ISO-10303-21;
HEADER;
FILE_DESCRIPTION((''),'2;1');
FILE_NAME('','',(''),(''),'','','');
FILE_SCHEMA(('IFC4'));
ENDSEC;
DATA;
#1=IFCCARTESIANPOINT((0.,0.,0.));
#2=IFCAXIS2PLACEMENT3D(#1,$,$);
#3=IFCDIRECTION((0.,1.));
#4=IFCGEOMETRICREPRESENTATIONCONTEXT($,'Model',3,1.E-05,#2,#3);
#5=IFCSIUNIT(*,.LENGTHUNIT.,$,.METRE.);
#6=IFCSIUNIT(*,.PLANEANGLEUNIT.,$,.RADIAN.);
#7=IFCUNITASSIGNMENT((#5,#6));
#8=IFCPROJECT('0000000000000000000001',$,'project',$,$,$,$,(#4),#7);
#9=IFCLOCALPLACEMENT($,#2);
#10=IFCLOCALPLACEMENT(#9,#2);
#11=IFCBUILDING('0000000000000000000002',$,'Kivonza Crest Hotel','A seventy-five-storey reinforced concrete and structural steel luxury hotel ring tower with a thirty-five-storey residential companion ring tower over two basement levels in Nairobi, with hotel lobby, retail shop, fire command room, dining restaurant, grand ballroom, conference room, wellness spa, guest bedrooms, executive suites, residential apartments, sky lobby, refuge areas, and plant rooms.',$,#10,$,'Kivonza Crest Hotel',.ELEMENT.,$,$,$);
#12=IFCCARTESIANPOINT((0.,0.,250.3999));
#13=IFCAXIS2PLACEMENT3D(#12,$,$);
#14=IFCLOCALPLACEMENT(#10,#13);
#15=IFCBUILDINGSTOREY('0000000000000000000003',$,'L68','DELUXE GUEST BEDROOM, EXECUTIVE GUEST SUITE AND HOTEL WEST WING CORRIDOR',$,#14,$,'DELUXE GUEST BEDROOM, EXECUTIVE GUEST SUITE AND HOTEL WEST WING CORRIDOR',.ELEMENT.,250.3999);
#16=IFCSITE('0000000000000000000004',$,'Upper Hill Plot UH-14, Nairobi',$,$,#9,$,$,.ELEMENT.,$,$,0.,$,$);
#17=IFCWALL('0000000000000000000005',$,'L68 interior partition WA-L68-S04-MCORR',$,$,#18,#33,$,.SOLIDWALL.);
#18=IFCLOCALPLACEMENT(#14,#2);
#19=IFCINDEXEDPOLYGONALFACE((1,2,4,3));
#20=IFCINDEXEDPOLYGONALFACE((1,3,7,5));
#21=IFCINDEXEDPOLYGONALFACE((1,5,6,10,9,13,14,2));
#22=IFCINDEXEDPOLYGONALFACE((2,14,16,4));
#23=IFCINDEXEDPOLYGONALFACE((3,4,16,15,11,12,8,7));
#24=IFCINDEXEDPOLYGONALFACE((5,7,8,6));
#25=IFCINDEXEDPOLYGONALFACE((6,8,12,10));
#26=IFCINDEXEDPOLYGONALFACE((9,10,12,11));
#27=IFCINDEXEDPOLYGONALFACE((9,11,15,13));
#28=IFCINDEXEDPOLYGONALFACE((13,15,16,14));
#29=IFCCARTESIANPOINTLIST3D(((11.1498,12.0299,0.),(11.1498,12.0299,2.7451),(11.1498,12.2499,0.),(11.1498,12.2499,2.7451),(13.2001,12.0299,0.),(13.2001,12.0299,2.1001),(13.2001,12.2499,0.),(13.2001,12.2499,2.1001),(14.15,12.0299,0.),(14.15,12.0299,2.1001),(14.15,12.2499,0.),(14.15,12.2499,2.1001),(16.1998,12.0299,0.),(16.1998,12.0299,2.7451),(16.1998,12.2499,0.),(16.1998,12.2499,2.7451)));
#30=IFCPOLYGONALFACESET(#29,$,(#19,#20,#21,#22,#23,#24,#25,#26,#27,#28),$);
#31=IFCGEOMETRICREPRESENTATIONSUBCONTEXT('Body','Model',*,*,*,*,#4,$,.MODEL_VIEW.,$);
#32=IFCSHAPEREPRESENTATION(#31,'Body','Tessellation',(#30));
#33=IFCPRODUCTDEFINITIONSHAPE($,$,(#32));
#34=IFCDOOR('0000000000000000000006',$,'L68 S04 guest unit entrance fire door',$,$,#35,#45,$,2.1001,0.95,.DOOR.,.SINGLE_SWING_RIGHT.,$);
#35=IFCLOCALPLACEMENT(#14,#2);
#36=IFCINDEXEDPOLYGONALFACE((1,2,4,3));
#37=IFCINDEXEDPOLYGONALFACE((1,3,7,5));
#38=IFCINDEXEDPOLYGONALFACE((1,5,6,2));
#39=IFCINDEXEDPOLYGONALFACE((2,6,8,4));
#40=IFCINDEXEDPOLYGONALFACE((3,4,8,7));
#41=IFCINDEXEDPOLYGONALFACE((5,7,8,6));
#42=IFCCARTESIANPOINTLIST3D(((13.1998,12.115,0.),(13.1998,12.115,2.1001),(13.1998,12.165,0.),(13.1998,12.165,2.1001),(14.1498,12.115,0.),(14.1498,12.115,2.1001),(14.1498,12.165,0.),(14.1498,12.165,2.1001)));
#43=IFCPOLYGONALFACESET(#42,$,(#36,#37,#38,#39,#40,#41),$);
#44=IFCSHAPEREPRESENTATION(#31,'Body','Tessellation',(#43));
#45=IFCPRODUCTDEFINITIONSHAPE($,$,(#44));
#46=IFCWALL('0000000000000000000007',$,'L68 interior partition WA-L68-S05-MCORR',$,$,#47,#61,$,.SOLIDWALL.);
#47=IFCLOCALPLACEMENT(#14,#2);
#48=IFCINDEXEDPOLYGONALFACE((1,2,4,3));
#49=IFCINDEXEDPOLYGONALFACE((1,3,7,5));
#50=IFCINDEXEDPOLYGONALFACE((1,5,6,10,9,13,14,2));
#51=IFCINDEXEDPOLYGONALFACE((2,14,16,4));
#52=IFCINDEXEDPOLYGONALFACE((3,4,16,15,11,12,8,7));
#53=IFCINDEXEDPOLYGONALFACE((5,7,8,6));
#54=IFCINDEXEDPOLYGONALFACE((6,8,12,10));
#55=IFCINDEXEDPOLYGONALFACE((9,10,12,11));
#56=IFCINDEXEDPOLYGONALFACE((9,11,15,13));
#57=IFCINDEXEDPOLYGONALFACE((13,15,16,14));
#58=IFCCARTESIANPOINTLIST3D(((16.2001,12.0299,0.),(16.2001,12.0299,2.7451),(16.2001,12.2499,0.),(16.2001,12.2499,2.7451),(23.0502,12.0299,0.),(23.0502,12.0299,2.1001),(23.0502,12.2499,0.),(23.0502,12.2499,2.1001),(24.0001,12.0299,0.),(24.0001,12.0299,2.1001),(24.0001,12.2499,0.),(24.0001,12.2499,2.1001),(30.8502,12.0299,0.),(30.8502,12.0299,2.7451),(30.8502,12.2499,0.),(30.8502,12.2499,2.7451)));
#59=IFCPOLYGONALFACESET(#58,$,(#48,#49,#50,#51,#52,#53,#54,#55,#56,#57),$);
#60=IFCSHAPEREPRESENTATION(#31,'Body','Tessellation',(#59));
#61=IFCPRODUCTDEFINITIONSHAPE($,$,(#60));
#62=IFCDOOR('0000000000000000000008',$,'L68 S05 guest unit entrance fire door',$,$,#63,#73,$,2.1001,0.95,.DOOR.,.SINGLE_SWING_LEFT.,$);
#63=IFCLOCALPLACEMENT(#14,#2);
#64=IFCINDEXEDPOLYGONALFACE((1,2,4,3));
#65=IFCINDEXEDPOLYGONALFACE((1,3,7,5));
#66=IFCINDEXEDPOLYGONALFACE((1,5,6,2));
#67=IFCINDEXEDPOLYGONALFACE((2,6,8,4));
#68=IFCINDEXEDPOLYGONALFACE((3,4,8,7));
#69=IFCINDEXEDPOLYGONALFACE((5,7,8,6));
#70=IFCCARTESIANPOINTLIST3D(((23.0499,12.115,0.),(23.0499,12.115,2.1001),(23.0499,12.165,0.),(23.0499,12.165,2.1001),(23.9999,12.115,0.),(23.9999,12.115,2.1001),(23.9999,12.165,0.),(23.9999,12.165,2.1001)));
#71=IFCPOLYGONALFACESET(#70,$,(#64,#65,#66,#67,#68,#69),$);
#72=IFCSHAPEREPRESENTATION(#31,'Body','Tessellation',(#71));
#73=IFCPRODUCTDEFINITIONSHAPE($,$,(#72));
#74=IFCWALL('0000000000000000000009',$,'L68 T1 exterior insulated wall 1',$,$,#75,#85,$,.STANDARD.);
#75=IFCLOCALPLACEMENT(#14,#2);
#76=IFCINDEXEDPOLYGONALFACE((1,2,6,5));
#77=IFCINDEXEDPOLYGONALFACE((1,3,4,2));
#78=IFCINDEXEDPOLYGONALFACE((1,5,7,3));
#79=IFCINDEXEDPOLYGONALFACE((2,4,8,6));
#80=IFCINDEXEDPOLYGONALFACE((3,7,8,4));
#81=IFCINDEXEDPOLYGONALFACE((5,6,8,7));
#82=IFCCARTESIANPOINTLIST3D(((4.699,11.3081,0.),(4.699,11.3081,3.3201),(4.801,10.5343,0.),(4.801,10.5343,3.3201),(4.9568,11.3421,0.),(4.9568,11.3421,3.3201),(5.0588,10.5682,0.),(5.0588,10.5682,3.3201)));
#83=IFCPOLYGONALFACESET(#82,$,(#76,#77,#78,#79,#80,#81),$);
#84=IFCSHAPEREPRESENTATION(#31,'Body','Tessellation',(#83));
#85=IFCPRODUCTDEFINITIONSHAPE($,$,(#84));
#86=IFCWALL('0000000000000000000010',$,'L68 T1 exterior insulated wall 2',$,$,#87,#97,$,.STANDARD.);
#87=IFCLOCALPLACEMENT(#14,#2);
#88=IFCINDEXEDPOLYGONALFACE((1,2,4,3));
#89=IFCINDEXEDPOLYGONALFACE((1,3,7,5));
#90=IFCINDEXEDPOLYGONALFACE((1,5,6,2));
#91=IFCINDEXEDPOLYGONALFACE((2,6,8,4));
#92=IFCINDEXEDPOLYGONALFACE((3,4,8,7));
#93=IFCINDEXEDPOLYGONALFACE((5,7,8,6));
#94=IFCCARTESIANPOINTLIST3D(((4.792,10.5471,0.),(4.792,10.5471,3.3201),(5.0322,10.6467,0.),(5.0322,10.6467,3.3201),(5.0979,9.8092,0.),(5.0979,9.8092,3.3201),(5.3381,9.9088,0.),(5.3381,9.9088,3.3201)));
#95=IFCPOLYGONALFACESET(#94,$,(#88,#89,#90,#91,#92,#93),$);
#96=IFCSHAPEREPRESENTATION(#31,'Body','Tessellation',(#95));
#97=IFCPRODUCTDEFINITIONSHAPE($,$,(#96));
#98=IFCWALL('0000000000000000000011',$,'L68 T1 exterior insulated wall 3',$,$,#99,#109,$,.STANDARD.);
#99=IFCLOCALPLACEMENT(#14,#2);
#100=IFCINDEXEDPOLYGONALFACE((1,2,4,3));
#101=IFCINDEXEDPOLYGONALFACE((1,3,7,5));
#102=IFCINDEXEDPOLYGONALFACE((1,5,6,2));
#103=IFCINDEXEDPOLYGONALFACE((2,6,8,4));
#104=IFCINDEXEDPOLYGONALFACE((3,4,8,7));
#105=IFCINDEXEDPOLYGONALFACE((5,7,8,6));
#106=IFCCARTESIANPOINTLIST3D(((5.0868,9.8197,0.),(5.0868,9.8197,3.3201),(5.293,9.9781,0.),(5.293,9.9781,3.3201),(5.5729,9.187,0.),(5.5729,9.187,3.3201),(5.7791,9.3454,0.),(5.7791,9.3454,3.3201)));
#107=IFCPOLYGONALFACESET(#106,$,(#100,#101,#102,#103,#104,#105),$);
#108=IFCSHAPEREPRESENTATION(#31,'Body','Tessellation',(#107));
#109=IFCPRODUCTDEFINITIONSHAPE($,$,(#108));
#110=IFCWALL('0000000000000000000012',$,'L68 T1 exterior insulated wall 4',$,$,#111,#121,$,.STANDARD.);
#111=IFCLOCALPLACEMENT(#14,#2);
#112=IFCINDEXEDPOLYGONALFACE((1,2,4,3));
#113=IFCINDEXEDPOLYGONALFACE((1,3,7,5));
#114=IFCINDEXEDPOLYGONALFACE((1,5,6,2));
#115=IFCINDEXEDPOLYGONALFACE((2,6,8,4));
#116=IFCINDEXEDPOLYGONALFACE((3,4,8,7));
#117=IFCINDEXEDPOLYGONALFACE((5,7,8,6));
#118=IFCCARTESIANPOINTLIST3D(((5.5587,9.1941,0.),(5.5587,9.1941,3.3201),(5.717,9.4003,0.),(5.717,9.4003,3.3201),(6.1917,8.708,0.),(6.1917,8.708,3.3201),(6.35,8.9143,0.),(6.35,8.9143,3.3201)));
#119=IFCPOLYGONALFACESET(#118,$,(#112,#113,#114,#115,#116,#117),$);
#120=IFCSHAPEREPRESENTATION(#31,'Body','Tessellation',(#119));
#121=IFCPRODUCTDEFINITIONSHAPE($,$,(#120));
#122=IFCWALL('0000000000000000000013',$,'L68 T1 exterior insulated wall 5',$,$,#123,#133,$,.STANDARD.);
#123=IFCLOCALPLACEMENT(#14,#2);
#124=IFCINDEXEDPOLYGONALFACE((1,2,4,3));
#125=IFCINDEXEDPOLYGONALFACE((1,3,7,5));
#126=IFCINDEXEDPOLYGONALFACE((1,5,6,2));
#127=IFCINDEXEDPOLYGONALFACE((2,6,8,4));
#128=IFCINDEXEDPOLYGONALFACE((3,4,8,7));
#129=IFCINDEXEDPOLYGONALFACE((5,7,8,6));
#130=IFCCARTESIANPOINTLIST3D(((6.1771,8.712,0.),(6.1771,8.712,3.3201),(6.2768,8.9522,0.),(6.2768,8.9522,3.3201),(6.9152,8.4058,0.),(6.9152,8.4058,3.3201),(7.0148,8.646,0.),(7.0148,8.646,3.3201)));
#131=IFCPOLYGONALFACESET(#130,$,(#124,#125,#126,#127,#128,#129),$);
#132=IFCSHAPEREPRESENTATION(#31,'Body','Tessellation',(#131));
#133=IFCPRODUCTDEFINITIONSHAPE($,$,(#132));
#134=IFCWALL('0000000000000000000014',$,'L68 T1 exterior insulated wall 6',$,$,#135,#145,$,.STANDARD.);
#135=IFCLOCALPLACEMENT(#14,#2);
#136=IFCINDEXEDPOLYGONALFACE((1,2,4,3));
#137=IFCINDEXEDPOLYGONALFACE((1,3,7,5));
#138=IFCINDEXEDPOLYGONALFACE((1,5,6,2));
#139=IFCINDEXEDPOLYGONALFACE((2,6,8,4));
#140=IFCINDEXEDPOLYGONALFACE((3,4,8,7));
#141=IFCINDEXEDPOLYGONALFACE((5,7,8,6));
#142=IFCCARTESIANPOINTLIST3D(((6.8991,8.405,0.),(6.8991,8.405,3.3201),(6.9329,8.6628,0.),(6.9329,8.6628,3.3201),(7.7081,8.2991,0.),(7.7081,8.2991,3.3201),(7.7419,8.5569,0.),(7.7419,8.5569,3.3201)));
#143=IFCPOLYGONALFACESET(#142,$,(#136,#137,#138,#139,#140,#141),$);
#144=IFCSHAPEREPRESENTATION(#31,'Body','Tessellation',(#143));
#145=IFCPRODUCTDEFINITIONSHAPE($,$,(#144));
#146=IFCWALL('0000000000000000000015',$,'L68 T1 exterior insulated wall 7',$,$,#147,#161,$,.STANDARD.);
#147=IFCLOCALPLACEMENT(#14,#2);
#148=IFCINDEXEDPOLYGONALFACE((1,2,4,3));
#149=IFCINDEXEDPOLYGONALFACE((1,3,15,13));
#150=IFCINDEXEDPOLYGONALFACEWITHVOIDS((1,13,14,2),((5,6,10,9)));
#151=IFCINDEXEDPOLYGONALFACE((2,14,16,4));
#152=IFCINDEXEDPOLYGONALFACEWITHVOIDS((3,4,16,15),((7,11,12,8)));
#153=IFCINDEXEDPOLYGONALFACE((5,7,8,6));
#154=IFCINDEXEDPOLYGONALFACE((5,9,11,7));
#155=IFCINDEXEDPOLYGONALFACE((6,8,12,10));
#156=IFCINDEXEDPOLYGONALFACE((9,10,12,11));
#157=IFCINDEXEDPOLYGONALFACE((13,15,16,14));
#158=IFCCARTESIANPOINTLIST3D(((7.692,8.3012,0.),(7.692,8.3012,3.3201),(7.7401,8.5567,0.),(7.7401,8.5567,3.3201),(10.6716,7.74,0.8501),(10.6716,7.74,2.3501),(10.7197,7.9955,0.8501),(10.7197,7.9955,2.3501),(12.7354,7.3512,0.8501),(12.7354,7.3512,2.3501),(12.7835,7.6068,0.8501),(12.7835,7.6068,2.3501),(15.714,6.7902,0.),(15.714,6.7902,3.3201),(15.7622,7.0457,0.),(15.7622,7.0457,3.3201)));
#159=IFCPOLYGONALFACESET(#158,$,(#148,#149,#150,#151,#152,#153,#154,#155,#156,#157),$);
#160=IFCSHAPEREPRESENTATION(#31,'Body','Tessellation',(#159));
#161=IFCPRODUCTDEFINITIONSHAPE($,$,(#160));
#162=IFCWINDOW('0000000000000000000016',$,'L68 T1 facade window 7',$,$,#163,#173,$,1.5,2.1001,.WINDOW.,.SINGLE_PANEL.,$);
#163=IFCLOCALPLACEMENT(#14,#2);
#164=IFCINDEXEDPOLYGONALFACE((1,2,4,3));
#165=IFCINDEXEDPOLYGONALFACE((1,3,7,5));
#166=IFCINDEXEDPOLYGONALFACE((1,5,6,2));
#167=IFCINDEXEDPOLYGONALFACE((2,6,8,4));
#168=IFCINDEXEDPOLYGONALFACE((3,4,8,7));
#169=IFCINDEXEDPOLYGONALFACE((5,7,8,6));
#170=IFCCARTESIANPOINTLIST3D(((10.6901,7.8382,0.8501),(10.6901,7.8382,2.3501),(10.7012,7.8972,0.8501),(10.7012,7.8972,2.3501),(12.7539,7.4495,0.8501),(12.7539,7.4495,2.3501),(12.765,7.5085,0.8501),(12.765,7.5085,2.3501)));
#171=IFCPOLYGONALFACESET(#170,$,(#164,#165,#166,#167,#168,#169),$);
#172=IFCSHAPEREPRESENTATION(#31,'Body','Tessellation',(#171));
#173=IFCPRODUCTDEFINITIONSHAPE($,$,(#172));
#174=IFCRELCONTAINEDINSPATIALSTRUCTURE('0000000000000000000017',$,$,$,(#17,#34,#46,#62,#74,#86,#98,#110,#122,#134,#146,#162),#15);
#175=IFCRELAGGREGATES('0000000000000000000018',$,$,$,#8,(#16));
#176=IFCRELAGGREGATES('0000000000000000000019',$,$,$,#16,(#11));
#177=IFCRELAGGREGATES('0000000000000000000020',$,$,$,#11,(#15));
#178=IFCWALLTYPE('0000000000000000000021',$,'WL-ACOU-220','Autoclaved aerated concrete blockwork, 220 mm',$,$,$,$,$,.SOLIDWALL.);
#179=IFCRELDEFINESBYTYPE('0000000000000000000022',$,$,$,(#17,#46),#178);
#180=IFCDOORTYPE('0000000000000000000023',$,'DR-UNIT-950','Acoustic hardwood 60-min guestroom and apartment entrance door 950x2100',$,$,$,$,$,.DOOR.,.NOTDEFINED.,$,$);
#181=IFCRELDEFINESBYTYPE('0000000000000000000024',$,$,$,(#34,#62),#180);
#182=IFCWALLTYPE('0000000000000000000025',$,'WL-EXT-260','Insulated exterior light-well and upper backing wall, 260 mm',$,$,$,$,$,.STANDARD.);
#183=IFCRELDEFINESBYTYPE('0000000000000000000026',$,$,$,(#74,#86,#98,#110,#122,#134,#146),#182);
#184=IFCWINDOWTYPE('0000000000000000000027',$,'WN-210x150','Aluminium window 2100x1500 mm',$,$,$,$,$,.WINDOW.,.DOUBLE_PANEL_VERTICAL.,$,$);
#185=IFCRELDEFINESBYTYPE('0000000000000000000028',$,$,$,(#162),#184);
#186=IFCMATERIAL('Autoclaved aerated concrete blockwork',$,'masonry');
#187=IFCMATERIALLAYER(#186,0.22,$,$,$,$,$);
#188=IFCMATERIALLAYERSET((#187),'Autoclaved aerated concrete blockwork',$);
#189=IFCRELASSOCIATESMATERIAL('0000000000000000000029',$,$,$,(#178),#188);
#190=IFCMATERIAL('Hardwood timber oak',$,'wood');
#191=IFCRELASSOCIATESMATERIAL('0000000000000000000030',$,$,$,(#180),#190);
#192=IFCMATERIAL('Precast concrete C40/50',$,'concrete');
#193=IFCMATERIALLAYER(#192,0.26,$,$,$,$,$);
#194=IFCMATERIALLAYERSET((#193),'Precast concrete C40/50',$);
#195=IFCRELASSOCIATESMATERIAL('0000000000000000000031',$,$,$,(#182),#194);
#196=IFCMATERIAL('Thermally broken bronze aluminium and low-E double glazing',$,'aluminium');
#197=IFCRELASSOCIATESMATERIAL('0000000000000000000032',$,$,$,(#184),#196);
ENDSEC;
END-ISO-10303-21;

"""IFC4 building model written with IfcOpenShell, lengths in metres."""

from ifc_helpers import new_model, si_unit, direction, frame, frame_2d, origin, place, context, subcontext, project, spatial, rectangle, extrude, material, layer, layer_set, type_object, element, fill, save


model = new_model("IFC4")

# Units and contexts
model_context = context("Model", 3, precision=1e-05, world=origin(), true_north=direction((0.0, 1.0)))
body_context = subcontext(model_context, "Body", "Model", "MODEL_VIEW")
ifc_project = project(units=[si_unit("LENGTHUNIT", "METRE"), si_unit("PLANEANGLEUNIT", "RADIAN")], contexts=[model_context])

# Site, building, storey
site_placement = place(None, origin())
site = spatial("IfcSite", under=ifc_project, at=site_placement, Name="Upper Hill Plot UH-14, Nairobi", CompositionType="ELEMENT", RefElevation=0.0)
building_placement = place(site_placement, origin())
building = spatial("IfcBuilding", under=site, at=building_placement, Name="Kivonza Crest Hotel", Description="A seventy-five-storey reinforced concrete and structural steel luxury hotel ring tower with a thirty-five-storey residential companion ring tower over two basement levels in Nairobi, with hotel lobby, retail shop, fire command room, dining restaurant, grand ballroom, conference room, wellness spa, guest bedrooms, executive suites, residential apartments, sky lobby, refuge areas, and plant rooms.", LongName="Kivonza Crest Hotel", CompositionType="ELEMENT")
storey_placement = place(building_placement, frame((0.0, 0.0, 250.3999)))
storey = spatial("IfcBuildingStorey", under=building, at=storey_placement, Name="L68", Description="DELUXE GUEST BEDROOM, EXECUTIVE GUEST SUITE AND HOTEL WEST WING CORRIDOR", LongName="DELUXE GUEST BEDROOM, EXECUTIVE GUEST SUITE AND HOTEL WEST WING CORRIDOR", CompositionType="ELEMENT", Elevation=250.3999)

# Shared definitions
ifc_material_1 = material(Name="Autoclaved aerated concrete blockwork", Category="masonry")
ifc_layer_1 = layer(ifc_material_1, 0.22)
ifc_layer_set_1 = layer_set([ifc_layer_1], Name="Autoclaved aerated concrete blockwork")
wall_type_1 = type_object("IfcWallType", Name="WL-ACOU-220", Description="Autoclaved aerated concrete blockwork, 220 mm", PredefinedType="SOLIDWALL", material=ifc_layer_set_1)

# Walls, openings, doors
wall_1_placement = place(storey_placement, frame((11.1499, 12.1399, 0.0), z_axis=(0.0, 0.0, 1.0), x_axis=(1.0, 0.0, 0.0)))
wall_1 = element("IfcWall", 1, at=wall_1_placement, inside=storey, type_object=wall_type_1, Name="L68 interior partition WA-L68-S04-MCORR", PredefinedType="SOLIDWALL", context=body_context, shape_type="SweptSolid", body=[
    extrude(rectangle(XDim=5.05, YDim=0.22, at=frame_2d((2.5249, 0.0))), origin(), (0.0, 0.0, 1.0), 2.7451),
])
opening_1_placement = place(wall_1_placement, frame((2.05, 0.0, 0.0)))
opening_1 = element("IfcOpeningElement", 2, at=opening_1_placement, cuts=wall_1, PredefinedType="OPENING", context=body_context, shape_type="SweptSolid", body=[
    extrude(rectangle(XDim=0.95, YDim=2.1001, at=frame_2d((0.4751, 1.05))), frame((0.0, 0.1201, 0.0), z_axis=(0.0, -1.0, 0.0), x_axis=(1.0, 0.0, 0.0)), (0.0, 0.0, 1.0), 0.24),
])
ifc_material_2 = material(Name="Hardwood timber oak", Category="wood")
door_type_1 = type_object("IfcDoorType", Name="DR-UNIT-950", Description="Acoustic hardwood 60-min guestroom and apartment entrance door 950x2100", OperationType="NOTDEFINED", PredefinedType="DOOR", material=ifc_material_2)
door_1_placement = place(opening_1_placement, frame((0.95, 0.0, 0.0), z_axis=(0.0, 0.0, 1.0), x_axis=(-1.0, 0.0, 0.0)))
door_1 = element("IfcDoor", 3, at=door_1_placement, inside=storey, type_object=door_type_1, Name="L68 S04 guest unit entrance fire door", OperationType="SINGLE_SWING_RIGHT", OverallHeight=2.1001, OverallWidth=0.95, PredefinedType="DOOR", context=body_context, shape_type="SweptSolid", body=[
    extrude(rectangle(XDim=0.95, YDim=2.1001, at=frame_2d((0.4751, 1.05))), frame((0.0, 0.0249, 0.0), z_axis=(0.0, -1.0, 0.0), x_axis=(1.0, 0.0, 0.0)), (0.0, 0.0, 1.0), 0.05),
])
fill(opening_1, door_1)
wall_2_placement = place(storey_placement, frame((16.2, 12.1399, 0.0), z_axis=(0.0, 0.0, 1.0), x_axis=(1.0, 0.0, 0.0)))
wall_2 = element("IfcWall", 4, at=wall_2_placement, inside=storey, type_object=wall_type_1, Name="L68 interior partition WA-L68-S05-MCORR", PredefinedType="SOLIDWALL", context=body_context, shape_type="SweptSolid", body=[
    extrude(rectangle(XDim=14.6501, YDim=0.22, at=frame_2d((7.3252, 0.0))), origin(), (0.0, 0.0, 1.0), 2.7451),
])
opening_2_placement = place(wall_2_placement, frame((6.8501, 0.0, 0.0)))
opening_2 = element("IfcOpeningElement", 5, at=opening_2_placement, cuts=wall_2, PredefinedType="OPENING", context=body_context, shape_type="SweptSolid", body=[
    extrude(rectangle(XDim=0.95, YDim=2.1001, at=frame_2d((0.4751, 1.05))), frame((0.0, 0.1201, 0.0), z_axis=(0.0, -1.0, 0.0), x_axis=(1.0, 0.0, 0.0)), (0.0, 0.0, 1.0), 0.24),
])
door_2_placement = place(opening_2_placement, frame((0.95, 0.0, 0.0), z_axis=(0.0, 0.0, 1.0), x_axis=(-1.0, 0.0, 0.0)))
door_2 = element("IfcDoor", 6, at=door_2_placement, inside=storey, type_object=door_type_1, Name="L68 S05 guest unit entrance fire door", OperationType="SINGLE_SWING_LEFT", OverallHeight=2.1001, OverallWidth=0.95, PredefinedType="DOOR", context=body_context, shape_type="SweptSolid", body=[
    extrude(rectangle(XDim=0.95, YDim=2.1001, at=frame_2d((0.4751, 1.05))), frame((0.0, 0.0249, 0.0), z_axis=(0.0, -1.0, 0.0), x_axis=(1.0, 0.0, 0.0)), (0.0, 0.0, 1.0), 0.05),
])
fill(opening_2, door_2)

# Walls
ifc_material_3 = material(Name="Precast concrete C40/50", Category="concrete")
ifc_layer_2 = layer(ifc_material_3, 0.26)
ifc_layer_set_2 = layer_set([ifc_layer_2], Name="Precast concrete C40/50")
wall_type_2 = type_object("IfcWallType", Name="WL-EXT-260", Description="Insulated exterior light-well and upper backing wall, 260 mm", PredefinedType="STANDARD", material=ifc_layer_set_2)
wall_3_placement = place(storey_placement, frame((4.8279, 11.325, 0.0), z_axis=(0.0, 0.0, 1.0), x_axis=(0.13073, -0.991418, 0.0)))
element("IfcWall", 7, at=wall_3_placement, inside=storey, type_object=wall_type_2, Name="L68 T1 exterior insulated wall 1", PredefinedType="STANDARD", context=body_context, shape_type="SweptSolid", body=[
    extrude(rectangle(XDim=0.7805, YDim=0.26, at=frame_2d((0.3901, 0.0))), origin(), (0.0, 0.0, 1.0), 3.3201),
])
wall_4_placement = place(storey_placement, frame((4.9121, 10.5969, 0.0), z_axis=(0.0, 0.0, 1.0), x_axis=(0.382901, -0.92379, 0.0)))
element("IfcWall", 8, at=wall_4_placement, inside=storey, type_object=wall_type_2, Name="L68 T1 exterior insulated wall 2", PredefinedType="STANDARD", context=body_context, shape_type="SweptSolid", body=[
    extrude(rectangle(XDim=0.7988, YDim=0.26, at=frame_2d((0.3994, 0.0))), origin(), (0.0, 0.0, 1.0), 3.3201),
])
wall_5_placement = place(storey_placement, frame((5.1899, 9.8989, 0.0), z_axis=(0.0, 0.0, 1.0), x_axis=(0.609164, -0.793045, 0.0)))
element("IfcWall", 9, at=wall_5_placement, inside=storey, type_object=wall_type_2, Name="L68 T1 exterior insulated wall 3", PredefinedType="STANDARD", context=body_context, shape_type="SweptSolid", body=[
    extrude(rectangle(XDim=0.7979, YDim=0.26, at=frame_2d((0.3989, 0.0))), origin(), (0.0, 0.0, 1.0), 3.3201),
])
wall_6_placement = place(storey_placement, frame((5.6379, 9.2971, 0.0), z_axis=(0.0, 0.0, 1.0), x_axis=(0.793158, -0.609016, 0.0)))
element("IfcWall", 10, at=wall_6_placement, inside=storey, type_object=wall_type_2, Name="L68 T1 exterior insulated wall 4", PredefinedType="STANDARD", context=body_context, shape_type="SweptSolid", body=[
    extrude(rectangle(XDim=0.7981, YDim=0.26, at=frame_2d((0.3989, 0.0))), origin(), (0.0, 0.0, 1.0), 3.3201),
])
wall_7_placement = place(storey_placement, frame((6.2271, 8.832, 0.0), z_axis=(0.0, 0.0, 1.0), x_axis=(0.923681, -0.383161, 0.0)))
element("IfcWall", 11, at=wall_7_placement, inside=storey, type_object=wall_type_2, Name="L68 T1 exterior insulated wall 5", PredefinedType="STANDARD", context=body_context, shape_type="SweptSolid", body=[
    extrude(rectangle(XDim=0.7991, YDim=0.26, at=frame_2d((0.3994, 0.0))), origin(), (0.0, 0.0, 1.0), 3.3201),
])
wall_8_placement = place(storey_placement, frame((6.916, 8.5339, 0.0), z_axis=(0.0, 0.0, 1.0), x_axis=(0.991534, -0.129851, 0.0)))
element("IfcWall", 12, at=wall_8_placement, inside=storey, type_object=wall_type_2, Name="L68 T1 exterior insulated wall 6", PredefinedType="STANDARD", context=body_context, shape_type="SweptSolid", body=[
    extrude(rectangle(XDim=0.8159, YDim=0.26, at=frame_2d((0.408, 0.0))), origin(), (0.0, 0.0, 1.0), 3.3201),
])

# Wall, opening, window
wall_9_placement = place(storey_placement, frame((7.7161, 8.429, 0.0), z_axis=(0.0, 0.0, 1.0), x_axis=(0.982719, -0.185101, 0.0)))
wall_9 = element("IfcWall", 13, at=wall_9_placement, inside=storey, type_object=wall_type_2, Name="L68 T1 exterior insulated wall 7", PredefinedType="STANDARD", context=body_context, shape_type="SweptSolid", body=[
    extrude(rectangle(XDim=8.1631, YDim=0.26, at=frame_2d((4.0815, 0.0))), origin(), (0.0, 0.0, 1.0), 3.3201),
])
opening_3_placement = place(wall_9_placement, frame((3.032, 0.0, 0.8501)))
opening_3 = element("IfcOpeningElement", 14, at=opening_3_placement, cuts=wall_9, PredefinedType="OPENING", context=body_context, shape_type="SweptSolid", body=[
    extrude(rectangle(XDim=2.1001, YDim=1.5, at=frame_2d((1.05, 0.75))), frame((0.0, 0.1401, 0.0), z_axis=(0.0, -1.0, 0.0), x_axis=(1.0, 0.0, 0.0)), (0.0, 0.0, 1.0), 0.28),
])
ifc_material_4 = material(Name="Thermally broken bronze aluminium and low-E double glazing", Category="aluminium")
window_type = type_object("IfcWindowType", Name="WN-210x150", Description="Aluminium window 2100x1500 mm", PartitioningType="DOUBLE_PANEL_VERTICAL", PredefinedType="WINDOW", material=ifc_material_4)
window_placement = place(opening_3_placement, origin())
window = element("IfcWindow", 15, at=window_placement, inside=storey, type_object=window_type, Name="L68 T1 facade window 7", OverallHeight=1.5, OverallWidth=2.1001, PartitioningType="SINGLE_PANEL", PredefinedType="WINDOW", context=body_context, shape_type="SweptSolid", body=[
    extrude(rectangle(XDim=2.1001, YDim=1.5, at=frame_2d((1.05, 0.75))), frame((0.0, 0.03, 0.0), z_axis=(0.0, -1.0, 0.0), x_axis=(1.0, 0.0, 0.0)), (0.0, 0.0, 1.0), 0.0601),
])
fill(opening_3, window)

save(model, "model.ifc")
